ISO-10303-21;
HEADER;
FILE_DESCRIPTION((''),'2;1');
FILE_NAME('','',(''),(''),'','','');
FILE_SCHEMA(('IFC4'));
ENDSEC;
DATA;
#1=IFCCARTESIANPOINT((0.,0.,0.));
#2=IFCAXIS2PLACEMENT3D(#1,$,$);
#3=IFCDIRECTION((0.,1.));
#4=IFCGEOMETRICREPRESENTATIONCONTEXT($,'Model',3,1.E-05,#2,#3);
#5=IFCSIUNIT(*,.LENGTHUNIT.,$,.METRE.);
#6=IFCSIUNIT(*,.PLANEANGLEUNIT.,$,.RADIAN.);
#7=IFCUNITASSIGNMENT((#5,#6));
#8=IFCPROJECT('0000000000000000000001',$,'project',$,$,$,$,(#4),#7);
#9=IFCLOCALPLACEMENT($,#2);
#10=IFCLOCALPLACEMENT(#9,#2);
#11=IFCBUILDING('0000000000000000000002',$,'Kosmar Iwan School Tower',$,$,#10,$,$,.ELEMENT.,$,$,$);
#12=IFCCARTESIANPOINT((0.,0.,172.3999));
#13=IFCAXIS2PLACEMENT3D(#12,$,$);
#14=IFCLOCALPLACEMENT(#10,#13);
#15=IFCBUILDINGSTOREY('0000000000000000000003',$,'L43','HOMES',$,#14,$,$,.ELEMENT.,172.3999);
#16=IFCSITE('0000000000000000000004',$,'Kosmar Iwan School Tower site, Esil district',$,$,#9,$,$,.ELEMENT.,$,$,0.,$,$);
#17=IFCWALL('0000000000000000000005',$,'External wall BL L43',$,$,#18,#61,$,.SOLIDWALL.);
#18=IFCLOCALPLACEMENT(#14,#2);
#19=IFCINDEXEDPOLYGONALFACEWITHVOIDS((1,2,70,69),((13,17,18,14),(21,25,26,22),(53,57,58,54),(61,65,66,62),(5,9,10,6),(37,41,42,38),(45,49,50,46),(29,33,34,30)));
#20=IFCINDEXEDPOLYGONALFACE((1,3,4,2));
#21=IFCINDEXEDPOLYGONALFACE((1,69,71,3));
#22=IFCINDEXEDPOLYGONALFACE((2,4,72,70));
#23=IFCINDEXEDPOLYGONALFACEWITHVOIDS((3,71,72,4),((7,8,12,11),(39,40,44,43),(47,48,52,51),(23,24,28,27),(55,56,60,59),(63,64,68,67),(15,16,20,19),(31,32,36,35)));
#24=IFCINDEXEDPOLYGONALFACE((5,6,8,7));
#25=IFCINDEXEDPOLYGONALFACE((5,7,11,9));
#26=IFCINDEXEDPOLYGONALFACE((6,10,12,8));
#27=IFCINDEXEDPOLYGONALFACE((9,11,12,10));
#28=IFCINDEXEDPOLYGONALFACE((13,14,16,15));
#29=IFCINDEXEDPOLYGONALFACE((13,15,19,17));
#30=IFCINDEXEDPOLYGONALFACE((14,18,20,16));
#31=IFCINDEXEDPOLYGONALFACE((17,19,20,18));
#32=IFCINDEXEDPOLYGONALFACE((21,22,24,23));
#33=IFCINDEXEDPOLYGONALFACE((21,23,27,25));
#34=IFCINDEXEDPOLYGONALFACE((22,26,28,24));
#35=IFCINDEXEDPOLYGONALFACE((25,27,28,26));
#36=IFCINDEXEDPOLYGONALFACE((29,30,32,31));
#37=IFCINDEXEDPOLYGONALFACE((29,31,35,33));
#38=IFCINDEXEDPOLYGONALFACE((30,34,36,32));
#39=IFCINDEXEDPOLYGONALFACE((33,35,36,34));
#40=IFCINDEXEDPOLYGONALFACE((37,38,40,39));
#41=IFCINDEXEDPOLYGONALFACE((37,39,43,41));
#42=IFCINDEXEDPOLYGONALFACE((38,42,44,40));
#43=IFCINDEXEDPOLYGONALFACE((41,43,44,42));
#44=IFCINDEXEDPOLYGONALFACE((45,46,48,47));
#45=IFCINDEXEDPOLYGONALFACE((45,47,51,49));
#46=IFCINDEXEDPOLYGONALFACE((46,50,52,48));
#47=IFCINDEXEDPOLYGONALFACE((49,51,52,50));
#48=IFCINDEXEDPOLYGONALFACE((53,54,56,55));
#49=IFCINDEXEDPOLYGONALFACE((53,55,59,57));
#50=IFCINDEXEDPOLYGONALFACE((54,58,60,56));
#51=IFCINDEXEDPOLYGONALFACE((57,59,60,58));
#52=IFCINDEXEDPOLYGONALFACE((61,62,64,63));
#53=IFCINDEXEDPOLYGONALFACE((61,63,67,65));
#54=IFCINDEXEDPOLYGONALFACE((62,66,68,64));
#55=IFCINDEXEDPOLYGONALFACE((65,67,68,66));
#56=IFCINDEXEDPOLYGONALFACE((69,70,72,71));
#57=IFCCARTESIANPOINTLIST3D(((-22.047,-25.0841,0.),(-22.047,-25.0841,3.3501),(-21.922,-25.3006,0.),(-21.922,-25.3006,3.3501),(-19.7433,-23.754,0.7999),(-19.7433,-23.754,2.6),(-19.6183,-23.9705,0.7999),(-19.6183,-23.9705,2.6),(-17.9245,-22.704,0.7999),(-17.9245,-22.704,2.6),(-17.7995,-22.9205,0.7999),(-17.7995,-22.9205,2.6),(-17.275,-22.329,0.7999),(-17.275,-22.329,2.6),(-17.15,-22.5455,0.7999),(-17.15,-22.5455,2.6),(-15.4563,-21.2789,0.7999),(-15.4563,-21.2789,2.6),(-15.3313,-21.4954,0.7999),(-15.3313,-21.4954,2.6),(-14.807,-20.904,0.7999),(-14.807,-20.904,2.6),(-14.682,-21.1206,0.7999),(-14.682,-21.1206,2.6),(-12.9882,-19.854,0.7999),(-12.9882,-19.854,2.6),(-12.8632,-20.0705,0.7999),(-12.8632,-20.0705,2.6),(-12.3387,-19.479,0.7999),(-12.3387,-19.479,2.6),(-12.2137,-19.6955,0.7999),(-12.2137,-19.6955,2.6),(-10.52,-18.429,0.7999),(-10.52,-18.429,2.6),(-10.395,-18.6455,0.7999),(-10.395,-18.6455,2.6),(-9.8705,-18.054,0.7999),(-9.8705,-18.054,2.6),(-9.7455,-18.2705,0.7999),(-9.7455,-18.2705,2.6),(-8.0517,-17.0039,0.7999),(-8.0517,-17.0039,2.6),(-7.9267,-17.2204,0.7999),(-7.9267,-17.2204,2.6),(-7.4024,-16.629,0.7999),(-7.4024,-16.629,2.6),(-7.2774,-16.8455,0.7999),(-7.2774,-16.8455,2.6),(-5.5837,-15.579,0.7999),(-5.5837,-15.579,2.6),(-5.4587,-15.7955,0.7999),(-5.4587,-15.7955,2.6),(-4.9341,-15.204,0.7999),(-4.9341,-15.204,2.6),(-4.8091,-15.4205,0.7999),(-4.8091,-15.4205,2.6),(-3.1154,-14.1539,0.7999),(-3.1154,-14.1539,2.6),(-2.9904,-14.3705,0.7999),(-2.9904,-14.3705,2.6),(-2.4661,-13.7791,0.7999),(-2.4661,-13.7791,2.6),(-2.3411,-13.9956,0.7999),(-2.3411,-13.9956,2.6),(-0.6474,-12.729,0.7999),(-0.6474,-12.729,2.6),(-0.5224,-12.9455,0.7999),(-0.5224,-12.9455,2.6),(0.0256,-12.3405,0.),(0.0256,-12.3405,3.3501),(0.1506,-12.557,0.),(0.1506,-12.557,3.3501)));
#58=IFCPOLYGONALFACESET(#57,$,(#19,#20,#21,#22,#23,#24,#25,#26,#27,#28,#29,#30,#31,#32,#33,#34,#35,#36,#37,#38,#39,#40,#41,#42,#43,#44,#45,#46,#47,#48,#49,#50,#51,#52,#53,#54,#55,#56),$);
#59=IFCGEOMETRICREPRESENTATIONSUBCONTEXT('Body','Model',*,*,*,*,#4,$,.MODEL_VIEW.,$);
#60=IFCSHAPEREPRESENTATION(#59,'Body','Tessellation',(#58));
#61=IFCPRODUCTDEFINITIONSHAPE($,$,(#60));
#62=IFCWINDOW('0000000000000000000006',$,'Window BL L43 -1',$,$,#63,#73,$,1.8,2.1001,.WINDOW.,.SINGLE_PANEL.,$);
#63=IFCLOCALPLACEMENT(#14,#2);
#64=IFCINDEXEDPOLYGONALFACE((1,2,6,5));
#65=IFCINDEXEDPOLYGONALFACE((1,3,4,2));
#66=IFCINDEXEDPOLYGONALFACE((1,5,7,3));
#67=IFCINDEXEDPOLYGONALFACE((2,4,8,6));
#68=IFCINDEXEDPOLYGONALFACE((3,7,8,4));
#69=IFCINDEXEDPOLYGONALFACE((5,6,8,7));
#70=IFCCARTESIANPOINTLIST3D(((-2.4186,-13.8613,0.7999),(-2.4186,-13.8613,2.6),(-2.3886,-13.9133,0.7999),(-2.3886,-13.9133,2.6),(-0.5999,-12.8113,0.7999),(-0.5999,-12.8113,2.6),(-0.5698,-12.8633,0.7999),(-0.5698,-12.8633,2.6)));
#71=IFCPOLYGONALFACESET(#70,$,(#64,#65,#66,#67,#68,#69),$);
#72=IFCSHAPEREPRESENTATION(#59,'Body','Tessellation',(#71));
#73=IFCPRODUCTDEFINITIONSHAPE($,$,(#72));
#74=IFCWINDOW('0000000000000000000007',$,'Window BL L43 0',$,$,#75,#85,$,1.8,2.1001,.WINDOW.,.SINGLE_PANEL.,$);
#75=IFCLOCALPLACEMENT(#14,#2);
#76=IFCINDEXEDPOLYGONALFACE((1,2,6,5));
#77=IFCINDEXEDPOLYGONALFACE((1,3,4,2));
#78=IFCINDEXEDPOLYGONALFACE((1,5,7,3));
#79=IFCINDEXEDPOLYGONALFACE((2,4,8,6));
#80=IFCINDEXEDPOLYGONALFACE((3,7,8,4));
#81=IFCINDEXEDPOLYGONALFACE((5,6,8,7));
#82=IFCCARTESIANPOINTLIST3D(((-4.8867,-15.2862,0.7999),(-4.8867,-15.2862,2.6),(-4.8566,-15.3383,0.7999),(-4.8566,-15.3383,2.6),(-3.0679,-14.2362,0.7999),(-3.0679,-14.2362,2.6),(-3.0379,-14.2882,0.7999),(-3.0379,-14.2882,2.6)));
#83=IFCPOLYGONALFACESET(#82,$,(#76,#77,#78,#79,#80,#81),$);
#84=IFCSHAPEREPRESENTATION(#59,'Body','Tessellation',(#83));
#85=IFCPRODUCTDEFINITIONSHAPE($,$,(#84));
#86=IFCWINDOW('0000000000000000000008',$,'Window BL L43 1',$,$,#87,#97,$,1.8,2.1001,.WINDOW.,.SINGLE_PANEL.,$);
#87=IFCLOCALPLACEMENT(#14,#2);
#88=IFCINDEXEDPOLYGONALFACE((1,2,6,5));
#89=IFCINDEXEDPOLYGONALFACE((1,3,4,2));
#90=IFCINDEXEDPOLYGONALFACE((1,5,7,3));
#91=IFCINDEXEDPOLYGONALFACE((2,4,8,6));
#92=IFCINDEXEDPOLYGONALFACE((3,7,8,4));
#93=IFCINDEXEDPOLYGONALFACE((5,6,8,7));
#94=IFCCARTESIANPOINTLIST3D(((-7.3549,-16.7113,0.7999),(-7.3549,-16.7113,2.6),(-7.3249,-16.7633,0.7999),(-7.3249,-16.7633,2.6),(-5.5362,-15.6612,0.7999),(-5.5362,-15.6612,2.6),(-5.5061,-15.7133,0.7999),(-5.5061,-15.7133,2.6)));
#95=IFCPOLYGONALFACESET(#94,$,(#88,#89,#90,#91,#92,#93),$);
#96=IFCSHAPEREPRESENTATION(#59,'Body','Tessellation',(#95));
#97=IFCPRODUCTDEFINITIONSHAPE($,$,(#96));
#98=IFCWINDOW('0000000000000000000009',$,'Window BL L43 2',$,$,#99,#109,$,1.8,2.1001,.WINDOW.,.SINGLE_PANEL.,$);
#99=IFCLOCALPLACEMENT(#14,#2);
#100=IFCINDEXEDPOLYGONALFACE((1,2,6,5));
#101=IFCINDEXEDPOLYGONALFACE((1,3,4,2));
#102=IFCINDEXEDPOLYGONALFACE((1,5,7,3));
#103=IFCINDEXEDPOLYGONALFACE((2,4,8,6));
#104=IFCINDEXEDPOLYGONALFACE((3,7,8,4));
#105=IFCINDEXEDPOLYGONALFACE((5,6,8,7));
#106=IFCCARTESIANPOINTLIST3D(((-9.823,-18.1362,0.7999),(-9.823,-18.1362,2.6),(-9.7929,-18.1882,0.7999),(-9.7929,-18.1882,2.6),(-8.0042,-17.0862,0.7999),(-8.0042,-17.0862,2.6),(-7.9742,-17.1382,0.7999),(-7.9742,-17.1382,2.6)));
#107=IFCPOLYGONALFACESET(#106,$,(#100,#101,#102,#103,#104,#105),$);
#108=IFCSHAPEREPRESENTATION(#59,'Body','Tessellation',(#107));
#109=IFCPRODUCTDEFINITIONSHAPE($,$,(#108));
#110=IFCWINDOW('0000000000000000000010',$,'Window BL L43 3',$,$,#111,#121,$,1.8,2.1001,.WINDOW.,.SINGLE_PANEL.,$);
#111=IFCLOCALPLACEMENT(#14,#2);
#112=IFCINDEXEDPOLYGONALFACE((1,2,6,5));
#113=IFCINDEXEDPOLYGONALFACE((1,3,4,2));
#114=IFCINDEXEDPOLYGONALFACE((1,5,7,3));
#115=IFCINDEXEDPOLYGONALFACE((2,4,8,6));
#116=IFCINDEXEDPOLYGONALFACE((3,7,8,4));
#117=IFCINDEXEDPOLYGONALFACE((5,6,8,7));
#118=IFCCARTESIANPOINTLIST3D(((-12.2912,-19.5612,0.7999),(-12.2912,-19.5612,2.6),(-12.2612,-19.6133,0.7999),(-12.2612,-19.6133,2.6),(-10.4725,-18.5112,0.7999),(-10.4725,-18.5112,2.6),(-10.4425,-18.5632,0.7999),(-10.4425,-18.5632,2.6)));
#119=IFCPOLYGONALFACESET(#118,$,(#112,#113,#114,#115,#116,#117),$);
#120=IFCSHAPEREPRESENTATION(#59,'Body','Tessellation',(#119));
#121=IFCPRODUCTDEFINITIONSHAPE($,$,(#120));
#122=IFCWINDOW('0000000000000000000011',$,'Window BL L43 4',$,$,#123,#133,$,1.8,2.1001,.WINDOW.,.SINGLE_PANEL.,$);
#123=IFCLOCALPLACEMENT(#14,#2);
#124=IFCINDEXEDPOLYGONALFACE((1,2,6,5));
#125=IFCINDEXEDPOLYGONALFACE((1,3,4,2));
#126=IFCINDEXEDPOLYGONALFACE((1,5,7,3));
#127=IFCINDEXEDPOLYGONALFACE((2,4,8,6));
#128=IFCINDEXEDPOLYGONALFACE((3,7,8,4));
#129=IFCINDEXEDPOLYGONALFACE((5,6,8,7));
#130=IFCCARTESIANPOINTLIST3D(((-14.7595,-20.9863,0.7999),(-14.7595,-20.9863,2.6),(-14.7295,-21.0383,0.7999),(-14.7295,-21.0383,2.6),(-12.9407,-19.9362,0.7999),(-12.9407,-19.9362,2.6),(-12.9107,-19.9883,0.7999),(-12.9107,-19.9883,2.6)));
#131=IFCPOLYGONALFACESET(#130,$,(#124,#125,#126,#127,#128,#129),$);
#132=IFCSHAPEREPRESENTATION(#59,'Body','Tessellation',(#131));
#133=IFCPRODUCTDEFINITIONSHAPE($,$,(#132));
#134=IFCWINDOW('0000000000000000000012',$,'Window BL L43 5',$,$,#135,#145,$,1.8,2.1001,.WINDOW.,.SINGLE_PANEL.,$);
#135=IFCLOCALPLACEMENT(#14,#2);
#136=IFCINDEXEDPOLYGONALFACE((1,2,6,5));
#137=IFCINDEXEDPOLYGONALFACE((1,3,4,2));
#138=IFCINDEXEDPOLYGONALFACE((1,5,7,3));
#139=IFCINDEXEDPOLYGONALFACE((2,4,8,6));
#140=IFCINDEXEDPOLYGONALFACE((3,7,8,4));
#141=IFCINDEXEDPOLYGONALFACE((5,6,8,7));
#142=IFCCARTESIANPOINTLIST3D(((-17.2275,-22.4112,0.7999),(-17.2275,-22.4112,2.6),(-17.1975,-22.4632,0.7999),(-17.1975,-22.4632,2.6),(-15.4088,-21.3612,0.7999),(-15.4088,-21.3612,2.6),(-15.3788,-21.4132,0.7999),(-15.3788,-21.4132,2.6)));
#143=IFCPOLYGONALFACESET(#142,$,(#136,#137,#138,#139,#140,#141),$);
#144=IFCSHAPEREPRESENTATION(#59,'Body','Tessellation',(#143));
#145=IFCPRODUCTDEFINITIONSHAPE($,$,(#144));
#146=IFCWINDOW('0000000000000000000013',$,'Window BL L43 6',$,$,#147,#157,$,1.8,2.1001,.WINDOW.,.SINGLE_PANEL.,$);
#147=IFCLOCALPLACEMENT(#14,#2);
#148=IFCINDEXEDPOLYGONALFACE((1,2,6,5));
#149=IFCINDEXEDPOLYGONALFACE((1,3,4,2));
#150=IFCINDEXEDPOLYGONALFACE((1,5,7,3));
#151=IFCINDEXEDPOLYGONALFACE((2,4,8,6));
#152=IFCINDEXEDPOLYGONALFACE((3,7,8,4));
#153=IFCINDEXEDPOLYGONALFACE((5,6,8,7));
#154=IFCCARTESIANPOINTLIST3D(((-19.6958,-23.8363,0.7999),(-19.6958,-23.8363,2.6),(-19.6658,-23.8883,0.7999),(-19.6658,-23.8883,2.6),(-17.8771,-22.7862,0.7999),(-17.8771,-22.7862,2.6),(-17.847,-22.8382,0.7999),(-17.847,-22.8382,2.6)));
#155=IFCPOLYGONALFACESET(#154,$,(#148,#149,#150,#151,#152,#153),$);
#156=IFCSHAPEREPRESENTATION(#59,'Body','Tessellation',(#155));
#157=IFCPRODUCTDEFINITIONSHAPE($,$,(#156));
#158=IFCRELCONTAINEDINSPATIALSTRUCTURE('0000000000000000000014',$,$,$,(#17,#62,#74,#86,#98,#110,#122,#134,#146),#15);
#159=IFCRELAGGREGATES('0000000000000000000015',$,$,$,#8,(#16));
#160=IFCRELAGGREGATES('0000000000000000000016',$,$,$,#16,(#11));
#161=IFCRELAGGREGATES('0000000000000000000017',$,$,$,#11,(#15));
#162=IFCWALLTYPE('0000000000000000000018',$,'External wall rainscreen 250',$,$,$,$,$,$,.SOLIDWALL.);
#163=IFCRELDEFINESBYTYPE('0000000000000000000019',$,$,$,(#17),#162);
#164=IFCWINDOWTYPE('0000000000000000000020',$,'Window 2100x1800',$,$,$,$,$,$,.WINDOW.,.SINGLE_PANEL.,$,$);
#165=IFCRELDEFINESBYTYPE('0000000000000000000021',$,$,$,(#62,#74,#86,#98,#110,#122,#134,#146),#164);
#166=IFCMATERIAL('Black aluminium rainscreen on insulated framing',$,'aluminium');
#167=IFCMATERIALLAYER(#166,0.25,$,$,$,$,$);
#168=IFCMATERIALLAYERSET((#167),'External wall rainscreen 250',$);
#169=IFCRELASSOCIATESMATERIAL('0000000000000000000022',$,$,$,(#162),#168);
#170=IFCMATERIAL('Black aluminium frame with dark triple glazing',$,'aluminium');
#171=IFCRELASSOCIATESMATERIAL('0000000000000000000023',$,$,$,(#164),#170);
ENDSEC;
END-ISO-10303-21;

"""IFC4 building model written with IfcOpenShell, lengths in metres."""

from ifc_helpers import new_model, si_unit, direction, frame, frame_2d, origin, place, context, subcontext, project, spatial, rectangle, extrude, material, layer, layer_set, type_object, element, fill, save


model = new_model("IFC4")

# Units and contexts
model_context = context("Model", 3, precision=1e-05, world=origin(), true_north=direction((0.0, 1.0)))
body_context = subcontext(model_context, "Body", "Model", "MODEL_VIEW")
ifc_project = project(units=[si_unit("LENGTHUNIT", "METRE"), si_unit("PLANEANGLEUNIT", "RADIAN")], contexts=[model_context])

# Site, building, storey
site_placement = place(None, origin())
site = spatial("IfcSite", under=ifc_project, at=site_placement, Name="Kosmar Iwan School Tower site, Esil district", CompositionType="ELEMENT", RefElevation=0.0)
building_placement = place(site_placement, origin())
building = spatial("IfcBuilding", under=site, at=building_placement, Name="Kosmar Iwan School Tower", CompositionType="ELEMENT")
storey_placement = place(building_placement, frame((0.0, 0.0, 172.3999)))
storey = spatial("IfcBuildingStorey", under=building, at=storey_placement, Name="L43", Description="HOMES", CompositionType="ELEMENT", Elevation=172.3999)

# Wall, openings, windows
ifc_material_1 = material(Name="Black aluminium rainscreen on insulated framing", Category="aluminium")
ifc_layer = layer(ifc_material_1, 0.25)
ifc_layer_set = layer_set([ifc_layer], Name="External wall rainscreen 250")
wall_type = type_object("IfcWallType", Name="External wall rainscreen 250", PredefinedType="SOLIDWALL", material=ifc_layer_set)
wall_1_placement = place(storey_placement, frame((0.0881, -12.4487, 0.0), z_axis=(0.0, 0.0, 1.0), x_axis=(-0.866026, -0.499998, 0.0)))
wall_1 = element("IfcWall", 1, at=wall_1_placement, inside=storey, type_object=wall_type, Name="External wall BL L43", PredefinedType="SOLIDWALL", context=body_context, shape_type="SweptSolid", body=[
    extrude(rectangle(XDim=25.4873, YDim=0.25, at=frame_2d((12.7437, 0.0))), origin(), (0.0, 0.0, 1.0), 3.3501),
])
opening_1_placement = place(wall_1_placement, frame((0.7771, 0.0, 0.8)))
opening_1 = element("IfcOpeningElement", 2, at=opening_1_placement, cuts=wall_1, PredefinedType="OPENING", context=body_context, shape_type="SweptSolid", body=[
    extrude(rectangle(XDim=2.1001, YDim=1.8, at=frame_2d((1.05, 0.8999))), frame((0.0, 0.137, 0.0), z_axis=(0.0, -1.0, 0.0), x_axis=(1.0, 0.0, 0.0)), (0.0, 0.0, 1.0), 0.2739),
])
opening_2_placement = place(wall_1_placement, frame((3.627, 0.0, 0.8)))
opening_2 = element("IfcOpeningElement", 3, at=opening_2_placement, cuts=wall_1, PredefinedType="OPENING", context=body_context, shape_type="SweptSolid", body=[
    extrude(rectangle(XDim=2.1001, YDim=1.8, at=frame_2d((1.05, 0.8999))), frame((0.0, 0.137, 0.0), z_axis=(0.0, -1.0, 0.0), x_axis=(1.0, 0.0, 0.0)), (0.0, 0.0, 1.0), 0.2739),
])
opening_3_placement = place(wall_1_placement, frame((6.4771, 0.0, 0.8)))
opening_3 = element("IfcOpeningElement", 4, at=opening_3_placement, cuts=wall_1, PredefinedType="OPENING", context=body_context, shape_type="SweptSolid", body=[
    extrude(rectangle(XDim=2.1001, YDim=1.8, at=frame_2d((1.05, 0.8999))), frame((0.0, 0.137, 0.0), z_axis=(0.0, -1.0, 0.0), x_axis=(1.0, 0.0, 0.0)), (0.0, 0.0, 1.0), 0.2739),
])
opening_4_placement = place(wall_1_placement, frame((9.3269, 0.0, 0.8)))
opening_4 = element("IfcOpeningElement", 5, at=opening_4_placement, cuts=wall_1, PredefinedType="OPENING", context=body_context, shape_type="SweptSolid", body=[
    extrude(rectangle(XDim=2.1001, YDim=1.8, at=frame_2d((1.05, 0.8999))), frame((0.0, 0.137, 0.0), z_axis=(0.0, -1.0, 0.0), x_axis=(1.0, 0.0, 0.0)), (0.0, 0.0, 1.0), 0.2739),
])
opening_5_placement = place(wall_1_placement, frame((12.177, 0.0, 0.8)))
opening_5 = element("IfcOpeningElement", 6, at=opening_5_placement, cuts=wall_1, PredefinedType="OPENING", context=body_context, shape_type="SweptSolid", body=[
    extrude(rectangle(XDim=2.1001, YDim=1.8, at=frame_2d((1.05, 0.8999))), frame((0.0, 0.137, 0.0), z_axis=(0.0, -1.0, 0.0), x_axis=(1.0, 0.0, 0.0)), (0.0, 0.0, 1.0), 0.2739),
])
opening_6_placement = place(wall_1_placement, frame((15.0271, 0.0, 0.8)))
opening_6 = element("IfcOpeningElement", 7, at=opening_6_placement, cuts=wall_1, PredefinedType="OPENING", context=body_context, shape_type="SweptSolid", body=[
    extrude(rectangle(XDim=2.1001, YDim=1.8, at=frame_2d((1.05, 0.8999))), frame((0.0, 0.137, 0.0), z_axis=(0.0, -1.0, 0.0), x_axis=(1.0, 0.0, 0.0)), (0.0, 0.0, 1.0), 0.2739),
])
opening_7_placement = place(wall_1_placement, frame((17.877, 0.0, 0.8)))
opening_7 = element("IfcOpeningElement", 8, at=opening_7_placement, cuts=wall_1, PredefinedType="OPENING", context=body_context, shape_type="SweptSolid", body=[
    extrude(rectangle(XDim=2.1001, YDim=1.8, at=frame_2d((1.05, 0.8999))), frame((0.0, 0.137, 0.0), z_axis=(0.0, -1.0, 0.0), x_axis=(1.0, 0.0, 0.0)), (0.0, 0.0, 1.0), 0.2739),
])
opening_8_placement = place(wall_1_placement, frame((20.7271, 0.0, 0.8)))
opening_8 = element("IfcOpeningElement", 9, at=opening_8_placement, cuts=wall_1, PredefinedType="OPENING", context=body_context, shape_type="SweptSolid", body=[
    extrude(rectangle(XDim=2.1001, YDim=1.8, at=frame_2d((1.05, 0.8999))), frame((0.0, 0.137, 0.0), z_axis=(0.0, -1.0, 0.0), x_axis=(1.0, 0.0, 0.0)), (0.0, 0.0, 1.0), 0.2739),
])
ifc_material_2 = material(Name="Black aluminium frame with dark triple glazing", Category="aluminium")
window_type = type_object("IfcWindowType", Name="Window 2100x1800", PartitioningType="SINGLE_PANEL", PredefinedType="WINDOW", material=ifc_material_2)
window_1_placement = place(opening_1_placement, origin())
window_1 = element("IfcWindow", 10, at=window_1_placement, inside=storey, type_object=window_type, Name="Window BL L43 -1", OverallHeight=1.8, OverallWidth=2.1001, PartitioningType="SINGLE_PANEL", PredefinedType="WINDOW", context=body_context, shape_type="SweptSolid", body=[
    extrude(rectangle(XDim=2.1001, YDim=1.8, at=frame_2d((1.05, 0.8999))), frame((0.0, 0.03, 0.0), z_axis=(0.0, -1.0, 0.0), x_axis=(1.0, 0.0, 0.0)), (0.0, 0.0, 1.0), 0.0601),
])
fill(opening_1, window_1)
window_2_placement = place(opening_2_placement, origin())
window_2 = element("IfcWindow", 11, at=window_2_placement, inside=storey, type_object=window_type, Name="Window BL L43 0", OverallHeight=1.8, OverallWidth=2.1001, PartitioningType="SINGLE_PANEL", PredefinedType="WINDOW", context=body_context, shape_type="SweptSolid", body=[
    extrude(rectangle(XDim=2.1001, YDim=1.8, at=frame_2d((1.05, 0.8999))), frame((0.0, 0.03, 0.0), z_axis=(0.0, -1.0, 0.0), x_axis=(1.0, 0.0, 0.0)), (0.0, 0.0, 1.0), 0.0601),
])
fill(opening_2, window_2)
window_3_placement = place(opening_3_placement, origin())
window_3 = element("IfcWindow", 12, at=window_3_placement, inside=storey, type_object=window_type, Name="Window BL L43 1", OverallHeight=1.8, OverallWidth=2.1001, PartitioningType="SINGLE_PANEL", PredefinedType="WINDOW", context=body_context, shape_type="SweptSolid", body=[
    extrude(rectangle(XDim=2.1001, YDim=1.8, at=frame_2d((1.05, 0.8999))), frame((0.0, 0.03, 0.0), z_axis=(0.0, -1.0, 0.0), x_axis=(1.0, 0.0, 0.0)), (0.0, 0.0, 1.0), 0.0601),
])
fill(opening_3, window_3)
window_4_placement = place(opening_4_placement, origin())
window_4 = element("IfcWindow", 13, at=window_4_placement, inside=storey, type_object=window_type, Name="Window BL L43 2", OverallHeight=1.8, OverallWidth=2.1001, PartitioningType="SINGLE_PANEL", PredefinedType="WINDOW", context=body_context, shape_type="SweptSolid", body=[
    extrude(rectangle(XDim=2.1001, YDim=1.8, at=frame_2d((1.05, 0.8999))), frame((0.0, 0.03, 0.0), z_axis=(0.0, -1.0, 0.0), x_axis=(1.0, 0.0, 0.0)), (0.0, 0.0, 1.0), 0.0601),
])
fill(opening_4, window_4)
window_5_placement = place(opening_5_placement, origin())
window_5 = element("IfcWindow", 14, at=window_5_placement, inside=storey, type_object=window_type, Name="Window BL L43 3", OverallHeight=1.8, OverallWidth=2.1001, PartitioningType="SINGLE_PANEL", PredefinedType="WINDOW", context=body_context, shape_type="SweptSolid", body=[
    extrude(rectangle(XDim=2.1001, YDim=1.8, at=frame_2d((1.05, 0.8999))), frame((0.0, 0.03, 0.0), z_axis=(0.0, -1.0, 0.0), x_axis=(1.0, 0.0, 0.0)), (0.0, 0.0, 1.0), 0.0601),
])
fill(opening_5, window_5)
window_6_placement = place(opening_6_placement, origin())
window_6 = element("IfcWindow", 15, at=window_6_placement, inside=storey, type_object=window_type, Name="Window BL L43 4", OverallHeight=1.8, OverallWidth=2.1001, PartitioningType="SINGLE_PANEL", PredefinedType="WINDOW", context=body_context, shape_type="SweptSolid", body=[
    extrude(rectangle(XDim=2.1001, YDim=1.8, at=frame_2d((1.05, 0.8999))), frame((0.0, 0.03, 0.0), z_axis=(0.0, -1.0, 0.0), x_axis=(1.0, 0.0, 0.0)), (0.0, 0.0, 1.0), 0.0601),
])
fill(opening_6, window_6)
window_7_placement = place(opening_7_placement, origin())
window_7 = element("IfcWindow", 16, at=window_7_placement, inside=storey, type_object=window_type, Name="Window BL L43 5", OverallHeight=1.8, OverallWidth=2.1001, PartitioningType="SINGLE_PANEL", PredefinedType="WINDOW", context=body_context, shape_type="SweptSolid", body=[
    extrude(rectangle(XDim=2.1001, YDim=1.8, at=frame_2d((1.05, 0.8999))), frame((0.0, 0.03, 0.0), z_axis=(0.0, -1.0, 0.0), x_axis=(1.0, 0.0, 0.0)), (0.0, 0.0, 1.0), 0.0601),
])
fill(opening_7, window_7)
window_8_placement = place(opening_8_placement, origin())
window_8 = element("IfcWindow", 17, at=window_8_placement, inside=storey, type_object=window_type, Name="Window BL L43 6", OverallHeight=1.8, OverallWidth=2.1001, PartitioningType="SINGLE_PANEL", PredefinedType="WINDOW", context=body_context, shape_type="SweptSolid", body=[
    extrude(rectangle(XDim=2.1001, YDim=1.8, at=frame_2d((1.05, 0.8999))), frame((0.0, 0.03, 0.0), z_axis=(0.0, -1.0, 0.0), x_axis=(1.0, 0.0, 0.0)), (0.0, 0.0, 1.0), 0.0601),
])
fill(opening_8, window_8)

save(model, "model.ifc")
